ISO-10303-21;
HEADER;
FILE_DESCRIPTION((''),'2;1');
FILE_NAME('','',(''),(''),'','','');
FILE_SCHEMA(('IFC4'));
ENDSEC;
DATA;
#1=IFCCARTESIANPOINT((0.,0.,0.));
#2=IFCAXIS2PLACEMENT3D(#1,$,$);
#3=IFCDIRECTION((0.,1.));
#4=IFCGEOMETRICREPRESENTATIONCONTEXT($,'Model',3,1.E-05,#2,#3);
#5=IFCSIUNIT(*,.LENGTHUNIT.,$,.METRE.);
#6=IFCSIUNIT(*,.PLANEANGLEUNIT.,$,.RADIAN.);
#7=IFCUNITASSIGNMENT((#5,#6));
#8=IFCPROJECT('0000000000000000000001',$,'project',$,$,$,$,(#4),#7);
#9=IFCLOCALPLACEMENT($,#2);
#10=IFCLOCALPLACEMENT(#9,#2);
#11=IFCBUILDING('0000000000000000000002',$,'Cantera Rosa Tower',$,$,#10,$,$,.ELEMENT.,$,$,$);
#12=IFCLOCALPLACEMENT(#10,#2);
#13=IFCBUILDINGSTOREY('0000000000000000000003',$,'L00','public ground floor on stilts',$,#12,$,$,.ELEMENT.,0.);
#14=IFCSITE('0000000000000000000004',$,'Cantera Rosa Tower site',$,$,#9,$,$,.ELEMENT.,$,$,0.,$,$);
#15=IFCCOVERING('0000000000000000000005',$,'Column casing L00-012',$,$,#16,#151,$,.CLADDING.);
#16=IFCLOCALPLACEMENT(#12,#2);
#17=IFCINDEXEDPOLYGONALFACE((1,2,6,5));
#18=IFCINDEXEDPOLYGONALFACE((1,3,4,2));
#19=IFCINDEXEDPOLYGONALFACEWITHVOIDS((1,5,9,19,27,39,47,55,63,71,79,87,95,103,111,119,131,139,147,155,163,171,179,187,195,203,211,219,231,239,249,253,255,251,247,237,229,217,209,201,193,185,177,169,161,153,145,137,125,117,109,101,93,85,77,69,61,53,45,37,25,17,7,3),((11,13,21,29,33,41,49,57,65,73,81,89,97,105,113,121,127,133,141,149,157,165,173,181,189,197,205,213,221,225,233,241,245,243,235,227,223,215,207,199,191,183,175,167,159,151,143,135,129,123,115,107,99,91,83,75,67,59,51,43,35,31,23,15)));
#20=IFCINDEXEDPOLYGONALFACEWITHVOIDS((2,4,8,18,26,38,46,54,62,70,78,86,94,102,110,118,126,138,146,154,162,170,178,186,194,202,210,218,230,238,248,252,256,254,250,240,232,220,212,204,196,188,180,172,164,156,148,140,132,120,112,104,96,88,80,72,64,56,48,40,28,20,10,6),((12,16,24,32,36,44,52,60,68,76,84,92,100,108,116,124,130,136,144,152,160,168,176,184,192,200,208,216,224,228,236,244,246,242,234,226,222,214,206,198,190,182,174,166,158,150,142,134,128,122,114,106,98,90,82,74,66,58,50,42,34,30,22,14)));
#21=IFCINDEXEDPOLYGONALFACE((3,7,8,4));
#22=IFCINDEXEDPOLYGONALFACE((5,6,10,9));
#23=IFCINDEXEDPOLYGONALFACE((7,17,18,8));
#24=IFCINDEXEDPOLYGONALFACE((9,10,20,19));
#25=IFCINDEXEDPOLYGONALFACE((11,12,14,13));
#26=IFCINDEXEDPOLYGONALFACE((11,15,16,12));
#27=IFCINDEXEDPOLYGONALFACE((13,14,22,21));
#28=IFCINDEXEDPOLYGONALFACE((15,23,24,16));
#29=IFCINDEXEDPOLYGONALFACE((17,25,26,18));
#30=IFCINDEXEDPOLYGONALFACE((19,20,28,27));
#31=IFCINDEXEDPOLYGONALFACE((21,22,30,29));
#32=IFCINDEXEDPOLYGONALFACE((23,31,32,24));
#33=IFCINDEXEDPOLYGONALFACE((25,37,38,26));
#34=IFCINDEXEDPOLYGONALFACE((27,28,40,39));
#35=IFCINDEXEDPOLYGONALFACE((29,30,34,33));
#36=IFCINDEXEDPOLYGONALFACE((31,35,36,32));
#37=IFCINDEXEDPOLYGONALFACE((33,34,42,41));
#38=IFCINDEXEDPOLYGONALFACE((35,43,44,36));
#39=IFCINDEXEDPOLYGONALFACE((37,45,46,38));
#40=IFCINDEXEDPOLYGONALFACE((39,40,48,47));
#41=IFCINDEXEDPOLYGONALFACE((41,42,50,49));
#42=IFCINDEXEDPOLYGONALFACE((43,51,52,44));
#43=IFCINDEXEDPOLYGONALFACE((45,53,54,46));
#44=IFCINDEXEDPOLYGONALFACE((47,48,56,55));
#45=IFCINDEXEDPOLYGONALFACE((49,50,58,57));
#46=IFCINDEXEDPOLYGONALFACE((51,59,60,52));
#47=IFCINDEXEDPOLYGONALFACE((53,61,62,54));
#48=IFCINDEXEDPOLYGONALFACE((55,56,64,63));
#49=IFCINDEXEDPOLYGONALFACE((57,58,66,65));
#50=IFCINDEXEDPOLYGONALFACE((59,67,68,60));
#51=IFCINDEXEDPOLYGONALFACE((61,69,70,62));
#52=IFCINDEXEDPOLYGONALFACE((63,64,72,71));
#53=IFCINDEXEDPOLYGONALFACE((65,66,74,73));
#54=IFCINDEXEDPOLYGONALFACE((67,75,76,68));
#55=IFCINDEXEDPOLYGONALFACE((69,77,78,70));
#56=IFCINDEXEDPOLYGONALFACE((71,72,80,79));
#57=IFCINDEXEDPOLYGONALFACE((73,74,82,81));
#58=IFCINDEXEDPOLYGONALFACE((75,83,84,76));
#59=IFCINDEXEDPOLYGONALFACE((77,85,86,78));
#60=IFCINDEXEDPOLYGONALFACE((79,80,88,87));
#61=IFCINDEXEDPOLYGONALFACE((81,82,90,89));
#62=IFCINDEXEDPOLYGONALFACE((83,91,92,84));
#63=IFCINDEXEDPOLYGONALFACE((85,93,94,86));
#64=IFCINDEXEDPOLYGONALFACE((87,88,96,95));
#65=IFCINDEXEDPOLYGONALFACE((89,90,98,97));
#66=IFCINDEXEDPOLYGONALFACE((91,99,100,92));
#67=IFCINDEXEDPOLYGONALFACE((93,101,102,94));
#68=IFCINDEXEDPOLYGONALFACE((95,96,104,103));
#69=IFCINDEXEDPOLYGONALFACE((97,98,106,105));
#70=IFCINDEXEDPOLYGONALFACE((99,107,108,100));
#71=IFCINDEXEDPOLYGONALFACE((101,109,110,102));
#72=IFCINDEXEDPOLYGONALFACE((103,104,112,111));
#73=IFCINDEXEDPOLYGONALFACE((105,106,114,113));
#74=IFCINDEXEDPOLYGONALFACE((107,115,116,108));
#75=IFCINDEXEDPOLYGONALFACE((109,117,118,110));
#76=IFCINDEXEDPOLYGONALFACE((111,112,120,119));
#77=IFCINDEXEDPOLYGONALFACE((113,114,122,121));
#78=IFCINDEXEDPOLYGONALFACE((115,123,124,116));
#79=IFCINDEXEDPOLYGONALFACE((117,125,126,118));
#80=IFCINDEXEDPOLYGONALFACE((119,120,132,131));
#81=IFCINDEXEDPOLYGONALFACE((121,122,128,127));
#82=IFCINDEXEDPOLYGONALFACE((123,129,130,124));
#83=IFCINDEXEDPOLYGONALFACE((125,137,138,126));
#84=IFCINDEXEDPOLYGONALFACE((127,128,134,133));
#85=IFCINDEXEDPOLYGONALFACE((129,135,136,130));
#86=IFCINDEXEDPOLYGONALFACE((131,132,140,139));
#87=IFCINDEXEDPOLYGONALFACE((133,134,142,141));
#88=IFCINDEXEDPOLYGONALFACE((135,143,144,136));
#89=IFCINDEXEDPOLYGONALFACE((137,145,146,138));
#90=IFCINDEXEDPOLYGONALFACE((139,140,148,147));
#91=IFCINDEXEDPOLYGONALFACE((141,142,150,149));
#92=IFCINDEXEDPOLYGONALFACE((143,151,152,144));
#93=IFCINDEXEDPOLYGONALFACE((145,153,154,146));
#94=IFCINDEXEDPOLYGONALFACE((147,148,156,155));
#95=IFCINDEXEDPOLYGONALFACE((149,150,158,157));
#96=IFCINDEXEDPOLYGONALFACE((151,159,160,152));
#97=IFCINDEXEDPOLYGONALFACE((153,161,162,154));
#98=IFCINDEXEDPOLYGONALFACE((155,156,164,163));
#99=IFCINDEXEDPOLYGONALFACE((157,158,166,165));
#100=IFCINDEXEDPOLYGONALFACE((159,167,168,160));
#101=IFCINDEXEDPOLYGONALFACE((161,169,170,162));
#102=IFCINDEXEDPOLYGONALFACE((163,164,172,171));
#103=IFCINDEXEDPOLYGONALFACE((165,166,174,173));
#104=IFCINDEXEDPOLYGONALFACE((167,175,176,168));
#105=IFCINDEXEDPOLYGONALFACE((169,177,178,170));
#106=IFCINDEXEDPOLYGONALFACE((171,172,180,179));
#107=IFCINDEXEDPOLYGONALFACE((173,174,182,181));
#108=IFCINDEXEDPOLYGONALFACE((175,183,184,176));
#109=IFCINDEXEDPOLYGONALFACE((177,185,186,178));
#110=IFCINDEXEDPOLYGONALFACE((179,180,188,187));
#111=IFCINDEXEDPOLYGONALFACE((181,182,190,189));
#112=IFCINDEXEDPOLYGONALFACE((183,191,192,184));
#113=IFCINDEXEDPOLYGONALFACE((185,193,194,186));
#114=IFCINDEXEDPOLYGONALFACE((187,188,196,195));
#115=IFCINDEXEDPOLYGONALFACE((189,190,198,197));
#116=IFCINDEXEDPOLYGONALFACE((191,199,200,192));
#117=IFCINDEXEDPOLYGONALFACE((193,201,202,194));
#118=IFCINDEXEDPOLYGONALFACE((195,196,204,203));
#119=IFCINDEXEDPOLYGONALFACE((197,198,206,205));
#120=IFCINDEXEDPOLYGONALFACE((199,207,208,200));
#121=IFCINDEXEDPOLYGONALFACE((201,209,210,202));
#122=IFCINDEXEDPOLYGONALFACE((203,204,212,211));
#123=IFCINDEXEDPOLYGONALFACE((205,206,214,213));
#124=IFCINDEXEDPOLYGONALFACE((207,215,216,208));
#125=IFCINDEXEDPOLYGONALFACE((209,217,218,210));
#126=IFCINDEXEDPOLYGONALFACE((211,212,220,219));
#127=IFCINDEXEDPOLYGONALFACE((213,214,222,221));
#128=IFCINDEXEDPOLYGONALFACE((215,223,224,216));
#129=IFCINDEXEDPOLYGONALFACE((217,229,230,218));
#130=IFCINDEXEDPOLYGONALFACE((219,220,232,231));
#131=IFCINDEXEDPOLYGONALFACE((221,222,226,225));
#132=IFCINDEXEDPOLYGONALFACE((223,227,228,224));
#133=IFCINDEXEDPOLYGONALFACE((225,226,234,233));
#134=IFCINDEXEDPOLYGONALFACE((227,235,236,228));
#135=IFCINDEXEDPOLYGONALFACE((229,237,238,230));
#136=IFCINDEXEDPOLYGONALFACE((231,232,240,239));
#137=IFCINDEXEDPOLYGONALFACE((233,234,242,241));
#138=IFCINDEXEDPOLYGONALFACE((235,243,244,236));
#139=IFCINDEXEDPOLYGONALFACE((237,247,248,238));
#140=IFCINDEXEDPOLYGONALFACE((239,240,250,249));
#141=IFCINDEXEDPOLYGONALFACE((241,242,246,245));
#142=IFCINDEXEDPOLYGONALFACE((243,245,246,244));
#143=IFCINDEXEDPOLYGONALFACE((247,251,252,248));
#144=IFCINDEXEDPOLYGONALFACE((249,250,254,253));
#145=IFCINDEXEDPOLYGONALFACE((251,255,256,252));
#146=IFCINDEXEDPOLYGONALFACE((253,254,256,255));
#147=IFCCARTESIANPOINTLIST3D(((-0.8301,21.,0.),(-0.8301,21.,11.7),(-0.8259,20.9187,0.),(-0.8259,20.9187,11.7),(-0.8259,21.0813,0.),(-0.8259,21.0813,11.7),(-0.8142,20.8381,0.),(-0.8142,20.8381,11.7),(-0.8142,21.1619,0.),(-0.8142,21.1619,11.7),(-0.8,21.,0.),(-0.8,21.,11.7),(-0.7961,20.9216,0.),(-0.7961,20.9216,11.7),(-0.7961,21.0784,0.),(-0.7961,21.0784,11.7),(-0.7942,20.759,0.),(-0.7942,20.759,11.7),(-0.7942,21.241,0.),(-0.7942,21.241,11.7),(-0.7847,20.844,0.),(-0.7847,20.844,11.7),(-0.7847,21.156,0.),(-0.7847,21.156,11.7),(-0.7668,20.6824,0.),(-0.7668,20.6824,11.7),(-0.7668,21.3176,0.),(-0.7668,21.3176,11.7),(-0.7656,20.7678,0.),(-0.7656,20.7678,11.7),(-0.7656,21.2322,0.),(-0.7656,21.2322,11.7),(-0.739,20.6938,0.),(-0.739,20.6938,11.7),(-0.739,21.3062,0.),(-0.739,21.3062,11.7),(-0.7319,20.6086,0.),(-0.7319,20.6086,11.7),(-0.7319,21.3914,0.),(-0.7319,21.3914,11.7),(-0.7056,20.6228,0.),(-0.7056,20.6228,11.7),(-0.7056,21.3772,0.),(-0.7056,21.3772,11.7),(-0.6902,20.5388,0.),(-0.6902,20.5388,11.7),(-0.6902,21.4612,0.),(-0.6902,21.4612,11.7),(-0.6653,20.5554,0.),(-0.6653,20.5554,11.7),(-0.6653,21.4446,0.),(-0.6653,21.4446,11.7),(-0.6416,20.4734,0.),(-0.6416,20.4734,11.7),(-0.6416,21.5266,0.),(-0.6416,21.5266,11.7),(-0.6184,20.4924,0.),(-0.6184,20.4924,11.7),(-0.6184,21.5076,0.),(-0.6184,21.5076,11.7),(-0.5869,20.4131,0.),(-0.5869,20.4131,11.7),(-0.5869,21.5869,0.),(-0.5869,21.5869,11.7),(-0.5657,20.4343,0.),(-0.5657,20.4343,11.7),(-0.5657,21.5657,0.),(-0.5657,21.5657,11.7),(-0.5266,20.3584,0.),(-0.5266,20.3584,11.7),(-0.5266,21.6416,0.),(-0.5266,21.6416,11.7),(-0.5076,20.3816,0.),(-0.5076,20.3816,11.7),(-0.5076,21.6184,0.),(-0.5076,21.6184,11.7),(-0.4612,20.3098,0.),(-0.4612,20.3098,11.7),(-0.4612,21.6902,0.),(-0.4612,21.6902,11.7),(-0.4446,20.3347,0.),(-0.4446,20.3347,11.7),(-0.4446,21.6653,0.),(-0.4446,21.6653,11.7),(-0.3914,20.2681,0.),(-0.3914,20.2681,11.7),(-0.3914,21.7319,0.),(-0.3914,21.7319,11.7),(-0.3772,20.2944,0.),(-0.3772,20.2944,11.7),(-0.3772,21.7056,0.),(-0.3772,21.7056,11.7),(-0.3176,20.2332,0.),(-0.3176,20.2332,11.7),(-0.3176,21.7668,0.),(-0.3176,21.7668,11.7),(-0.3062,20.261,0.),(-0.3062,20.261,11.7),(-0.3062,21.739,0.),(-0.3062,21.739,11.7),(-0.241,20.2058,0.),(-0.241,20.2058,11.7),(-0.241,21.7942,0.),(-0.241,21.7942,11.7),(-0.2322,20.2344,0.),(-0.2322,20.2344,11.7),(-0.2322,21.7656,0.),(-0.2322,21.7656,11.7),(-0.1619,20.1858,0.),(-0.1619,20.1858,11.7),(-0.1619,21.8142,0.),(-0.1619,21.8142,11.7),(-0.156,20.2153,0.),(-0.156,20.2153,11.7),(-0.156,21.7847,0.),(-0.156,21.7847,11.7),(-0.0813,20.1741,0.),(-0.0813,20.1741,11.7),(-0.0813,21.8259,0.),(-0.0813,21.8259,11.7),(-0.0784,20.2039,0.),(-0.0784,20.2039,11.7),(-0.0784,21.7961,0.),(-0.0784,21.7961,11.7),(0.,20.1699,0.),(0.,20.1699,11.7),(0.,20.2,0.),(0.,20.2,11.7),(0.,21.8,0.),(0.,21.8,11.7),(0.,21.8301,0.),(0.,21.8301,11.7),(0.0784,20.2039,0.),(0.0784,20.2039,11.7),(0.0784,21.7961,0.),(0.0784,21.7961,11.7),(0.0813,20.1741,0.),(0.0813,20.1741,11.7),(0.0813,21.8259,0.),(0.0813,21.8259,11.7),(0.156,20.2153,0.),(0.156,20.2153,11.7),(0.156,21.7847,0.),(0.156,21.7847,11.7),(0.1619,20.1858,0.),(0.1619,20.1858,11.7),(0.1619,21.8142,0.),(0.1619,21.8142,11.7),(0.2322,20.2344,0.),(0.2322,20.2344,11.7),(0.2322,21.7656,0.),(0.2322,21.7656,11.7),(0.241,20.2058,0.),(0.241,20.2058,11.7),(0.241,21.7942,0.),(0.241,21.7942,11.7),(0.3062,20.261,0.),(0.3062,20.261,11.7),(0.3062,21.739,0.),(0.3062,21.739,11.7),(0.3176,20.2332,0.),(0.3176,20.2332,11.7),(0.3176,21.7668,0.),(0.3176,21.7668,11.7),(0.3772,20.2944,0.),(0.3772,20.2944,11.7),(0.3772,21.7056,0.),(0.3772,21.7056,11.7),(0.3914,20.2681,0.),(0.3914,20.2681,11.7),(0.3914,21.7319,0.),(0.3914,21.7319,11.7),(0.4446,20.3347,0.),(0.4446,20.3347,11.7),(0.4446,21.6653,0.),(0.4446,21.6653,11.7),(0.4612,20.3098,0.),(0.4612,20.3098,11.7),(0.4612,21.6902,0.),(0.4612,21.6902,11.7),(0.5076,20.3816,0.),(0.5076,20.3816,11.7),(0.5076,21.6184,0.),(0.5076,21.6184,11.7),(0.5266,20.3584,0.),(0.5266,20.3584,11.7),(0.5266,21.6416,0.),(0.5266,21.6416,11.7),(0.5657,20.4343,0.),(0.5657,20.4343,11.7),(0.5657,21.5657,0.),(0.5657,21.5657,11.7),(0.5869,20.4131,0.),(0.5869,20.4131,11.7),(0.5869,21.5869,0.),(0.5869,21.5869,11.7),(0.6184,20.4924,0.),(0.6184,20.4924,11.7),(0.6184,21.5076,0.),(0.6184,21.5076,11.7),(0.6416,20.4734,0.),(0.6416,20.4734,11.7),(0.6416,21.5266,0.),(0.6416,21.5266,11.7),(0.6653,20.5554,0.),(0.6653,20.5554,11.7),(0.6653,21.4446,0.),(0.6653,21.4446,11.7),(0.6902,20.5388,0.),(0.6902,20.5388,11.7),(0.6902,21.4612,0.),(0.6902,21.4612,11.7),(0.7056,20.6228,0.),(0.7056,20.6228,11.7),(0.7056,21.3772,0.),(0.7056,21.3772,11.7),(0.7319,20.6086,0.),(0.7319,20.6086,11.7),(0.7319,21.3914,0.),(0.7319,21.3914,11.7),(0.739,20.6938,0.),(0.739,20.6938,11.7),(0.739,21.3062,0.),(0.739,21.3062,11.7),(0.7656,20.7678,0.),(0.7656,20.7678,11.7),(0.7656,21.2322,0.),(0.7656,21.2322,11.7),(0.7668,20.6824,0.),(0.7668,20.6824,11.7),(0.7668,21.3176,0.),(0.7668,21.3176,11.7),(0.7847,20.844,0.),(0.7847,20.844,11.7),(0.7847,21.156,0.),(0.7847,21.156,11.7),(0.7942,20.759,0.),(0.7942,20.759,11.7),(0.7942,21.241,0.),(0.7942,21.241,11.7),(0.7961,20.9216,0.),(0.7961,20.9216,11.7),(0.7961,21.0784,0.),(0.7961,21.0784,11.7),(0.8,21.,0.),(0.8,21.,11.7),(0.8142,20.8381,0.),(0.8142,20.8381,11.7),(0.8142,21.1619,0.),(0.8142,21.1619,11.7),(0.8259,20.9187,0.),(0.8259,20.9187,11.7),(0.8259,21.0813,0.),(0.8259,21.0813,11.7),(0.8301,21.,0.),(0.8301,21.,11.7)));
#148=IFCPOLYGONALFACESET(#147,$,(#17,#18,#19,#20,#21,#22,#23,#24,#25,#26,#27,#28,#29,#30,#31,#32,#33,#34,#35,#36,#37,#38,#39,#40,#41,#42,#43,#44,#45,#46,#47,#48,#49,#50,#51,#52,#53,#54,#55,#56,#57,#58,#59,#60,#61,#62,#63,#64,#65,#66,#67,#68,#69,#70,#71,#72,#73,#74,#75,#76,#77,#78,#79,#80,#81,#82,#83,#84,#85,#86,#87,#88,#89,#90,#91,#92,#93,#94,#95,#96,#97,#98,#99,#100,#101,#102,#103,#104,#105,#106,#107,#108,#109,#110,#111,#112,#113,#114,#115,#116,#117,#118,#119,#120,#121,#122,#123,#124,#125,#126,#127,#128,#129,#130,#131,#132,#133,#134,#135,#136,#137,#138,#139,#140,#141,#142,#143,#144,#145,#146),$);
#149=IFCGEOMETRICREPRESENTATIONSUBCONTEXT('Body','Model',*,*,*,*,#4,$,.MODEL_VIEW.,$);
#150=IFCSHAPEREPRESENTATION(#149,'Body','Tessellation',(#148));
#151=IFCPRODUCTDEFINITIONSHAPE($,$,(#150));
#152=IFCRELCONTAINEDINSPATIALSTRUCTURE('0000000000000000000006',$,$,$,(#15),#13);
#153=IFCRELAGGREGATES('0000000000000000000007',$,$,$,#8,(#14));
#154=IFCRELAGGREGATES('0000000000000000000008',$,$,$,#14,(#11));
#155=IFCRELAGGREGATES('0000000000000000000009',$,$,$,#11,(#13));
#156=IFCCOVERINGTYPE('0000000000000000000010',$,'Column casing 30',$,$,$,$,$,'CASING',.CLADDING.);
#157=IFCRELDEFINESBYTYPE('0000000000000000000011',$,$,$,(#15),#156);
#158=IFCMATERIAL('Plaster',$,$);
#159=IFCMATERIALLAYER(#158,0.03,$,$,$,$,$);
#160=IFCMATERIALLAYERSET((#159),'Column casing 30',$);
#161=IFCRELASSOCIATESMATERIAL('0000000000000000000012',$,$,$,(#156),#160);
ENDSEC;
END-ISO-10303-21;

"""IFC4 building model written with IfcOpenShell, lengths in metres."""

from ifc_helpers import new_model, si_unit, direction, origin, place, context, subcontext, project, spatial, polyline, outline, extrude, material, layer, layer_set, type_object, element, save


model = new_model("IFC4")

# Units and contexts
model_context = context("Model", 3, precision=1e-05, world=origin(), true_north=direction((0.0, 1.0)))
body_context = subcontext(model_context, "Body", "Model", "MODEL_VIEW")
ifc_project = project(units=[si_unit("LENGTHUNIT", "METRE"), si_unit("PLANEANGLEUNIT", "RADIAN")], contexts=[model_context])

# Site, building, storey
site_placement = place(None, origin())
site = spatial("IfcSite", under=ifc_project, at=site_placement, Name="Cantera Rosa Tower site", CompositionType="ELEMENT", RefElevation=0.0)
building_placement = place(site_placement, origin())
building = spatial("IfcBuilding", under=site, at=building_placement, Name="Cantera Rosa Tower", CompositionType="ELEMENT")
storey_placement = place(building_placement, origin())
storey = spatial("IfcBuildingStorey", under=building, at=storey_placement, Name="L00", Description="public ground floor on stilts", CompositionType="ELEMENT", Elevation=0.0)

# Covering
ifc_material_1 = material(Name="Plaster")
ifc_layer_1 = layer(ifc_material_1, 0.03)
ifc_layer_set_1 = layer_set([ifc_layer_1], Name="Column casing 30")
covering_type = type_object("IfcCoveringType", Name="Column casing 30", ElementType="CASING", PredefinedType="CLADDING", material=ifc_layer_set_1)
covering_1_placement = place(storey_placement, origin())
element("IfcCovering", 1, at=covering_1_placement, inside=storey, type_object=covering_type, Name="Column casing L00-012", PredefinedType="CLADDING", context=body_context, shape_type="SweptSolid", body=[
    extrude(outline(polyline([(0.8259, 20.9187), (0.8301, 21.0), (0.8259, 21.0813), (0.8142, 21.1619), (0.7942, 21.241), (0.7668, 21.3176), (0.7319, 21.3914), (0.6902, 21.4612), (0.6416, 21.5266), (0.5869, 21.5869), (0.5266, 21.6416), (0.4612, 21.6902), (0.3914, 21.7319), (0.3176, 21.7668), (0.241, 21.7942), (0.1619, 21.8142), (0.0813, 21.8259), (0.0, 21.8301), (-0.0813, 21.8259), (-0.1619, 21.8142), (-0.241, 21.7942), (-0.3176, 21.7668), (-0.3914, 21.7319), (-0.4612, 21.6902), (-0.5266, 21.6416), (-0.5869, 21.5869), (-0.6416, 21.5266), (-0.6902, 21.4612), (-0.7319, 21.3914), (-0.7668, 21.3176), (-0.7942, 21.241), (-0.8142, 21.1619), (-0.8259, 21.0813), (-0.8301, 21.0), (-0.8259, 20.9187), (-0.8142, 20.8381), (-0.7942, 20.759), (-0.7668, 20.6824), (-0.7319, 20.6086), (-0.6902, 20.5388), (-0.6416, 20.4734), (-0.5869, 20.4131), (-0.5266, 20.3584), (-0.4612, 20.3098), (-0.3914, 20.2681), (-0.3176, 20.2332), (-0.241, 20.2058), (-0.1619, 20.1858), (-0.0813, 20.1741), (0.0, 20.1699), (0.0813, 20.1741), (0.1619, 20.1858), (0.241, 20.2058), (0.3176, 20.2332), (0.3914, 20.2681), (0.4612, 20.3098), (0.5266, 20.3584), (0.5869, 20.4131), (0.6416, 20.4734), (0.6902, 20.5388), (0.7319, 20.6086), (0.7668, 20.6824), (0.7942, 20.759), (0.8142, 20.8381), (0.8259, 20.9187)]), holes=[polyline([(0.7961, 21.0784), (0.7847, 21.156), (0.7656, 21.2322), (0.739, 21.3062), (0.7056, 21.3772), (0.6653, 21.4446), (0.6184, 21.5076), (0.5657, 21.5657), (0.5076, 21.6184), (0.4446, 21.6653), (0.3772, 21.7056), (0.3062, 21.739), (0.2322, 21.7656), (0.156, 21.7847), (0.0784, 21.7961), (0.0, 21.8), (-0.0784, 21.7961), (-0.156, 21.7847), (-0.2322, 21.7656), (-0.3062, 21.739), (-0.3772, 21.7056), (-0.4446, 21.6653), (-0.5076, 21.6184), (-0.5657, 21.5657), (-0.6184, 21.5076), (-0.6653, 21.4446), (-0.7056, 21.3772), (-0.739, 21.3062), (-0.7656, 21.2322), (-0.7847, 21.156), (-0.7961, 21.0784), (-0.8, 21.0), (-0.7961, 20.9216), (-0.7847, 20.844), (-0.7656, 20.7678), (-0.739, 20.6938), (-0.7056, 20.6228), (-0.6653, 20.5554), (-0.6184, 20.4924), (-0.5657, 20.4343), (-0.5076, 20.3816), (-0.4446, 20.3347), (-0.3772, 20.2944), (-0.3062, 20.261), (-0.2322, 20.2344), (-0.156, 20.2153), (-0.0784, 20.2039), (0.0, 20.2), (0.0784, 20.2039), (0.156, 20.2153), (0.2322, 20.2344), (0.3062, 20.261), (0.3772, 20.2944), (0.4446, 20.3347), (0.5076, 20.3816), (0.5657, 20.4343), (0.6184, 20.4924), (0.6653, 20.5554), (0.7056, 20.6228), (0.739, 20.6938), (0.7656, 20.7678), (0.7847, 20.844), (0.7961, 20.9216), (0.8, 21.0), (0.7961, 21.0784)])]), origin(), (0.0, 0.0, 1.0), 11.7),
])

save(model, "model.ifc")
